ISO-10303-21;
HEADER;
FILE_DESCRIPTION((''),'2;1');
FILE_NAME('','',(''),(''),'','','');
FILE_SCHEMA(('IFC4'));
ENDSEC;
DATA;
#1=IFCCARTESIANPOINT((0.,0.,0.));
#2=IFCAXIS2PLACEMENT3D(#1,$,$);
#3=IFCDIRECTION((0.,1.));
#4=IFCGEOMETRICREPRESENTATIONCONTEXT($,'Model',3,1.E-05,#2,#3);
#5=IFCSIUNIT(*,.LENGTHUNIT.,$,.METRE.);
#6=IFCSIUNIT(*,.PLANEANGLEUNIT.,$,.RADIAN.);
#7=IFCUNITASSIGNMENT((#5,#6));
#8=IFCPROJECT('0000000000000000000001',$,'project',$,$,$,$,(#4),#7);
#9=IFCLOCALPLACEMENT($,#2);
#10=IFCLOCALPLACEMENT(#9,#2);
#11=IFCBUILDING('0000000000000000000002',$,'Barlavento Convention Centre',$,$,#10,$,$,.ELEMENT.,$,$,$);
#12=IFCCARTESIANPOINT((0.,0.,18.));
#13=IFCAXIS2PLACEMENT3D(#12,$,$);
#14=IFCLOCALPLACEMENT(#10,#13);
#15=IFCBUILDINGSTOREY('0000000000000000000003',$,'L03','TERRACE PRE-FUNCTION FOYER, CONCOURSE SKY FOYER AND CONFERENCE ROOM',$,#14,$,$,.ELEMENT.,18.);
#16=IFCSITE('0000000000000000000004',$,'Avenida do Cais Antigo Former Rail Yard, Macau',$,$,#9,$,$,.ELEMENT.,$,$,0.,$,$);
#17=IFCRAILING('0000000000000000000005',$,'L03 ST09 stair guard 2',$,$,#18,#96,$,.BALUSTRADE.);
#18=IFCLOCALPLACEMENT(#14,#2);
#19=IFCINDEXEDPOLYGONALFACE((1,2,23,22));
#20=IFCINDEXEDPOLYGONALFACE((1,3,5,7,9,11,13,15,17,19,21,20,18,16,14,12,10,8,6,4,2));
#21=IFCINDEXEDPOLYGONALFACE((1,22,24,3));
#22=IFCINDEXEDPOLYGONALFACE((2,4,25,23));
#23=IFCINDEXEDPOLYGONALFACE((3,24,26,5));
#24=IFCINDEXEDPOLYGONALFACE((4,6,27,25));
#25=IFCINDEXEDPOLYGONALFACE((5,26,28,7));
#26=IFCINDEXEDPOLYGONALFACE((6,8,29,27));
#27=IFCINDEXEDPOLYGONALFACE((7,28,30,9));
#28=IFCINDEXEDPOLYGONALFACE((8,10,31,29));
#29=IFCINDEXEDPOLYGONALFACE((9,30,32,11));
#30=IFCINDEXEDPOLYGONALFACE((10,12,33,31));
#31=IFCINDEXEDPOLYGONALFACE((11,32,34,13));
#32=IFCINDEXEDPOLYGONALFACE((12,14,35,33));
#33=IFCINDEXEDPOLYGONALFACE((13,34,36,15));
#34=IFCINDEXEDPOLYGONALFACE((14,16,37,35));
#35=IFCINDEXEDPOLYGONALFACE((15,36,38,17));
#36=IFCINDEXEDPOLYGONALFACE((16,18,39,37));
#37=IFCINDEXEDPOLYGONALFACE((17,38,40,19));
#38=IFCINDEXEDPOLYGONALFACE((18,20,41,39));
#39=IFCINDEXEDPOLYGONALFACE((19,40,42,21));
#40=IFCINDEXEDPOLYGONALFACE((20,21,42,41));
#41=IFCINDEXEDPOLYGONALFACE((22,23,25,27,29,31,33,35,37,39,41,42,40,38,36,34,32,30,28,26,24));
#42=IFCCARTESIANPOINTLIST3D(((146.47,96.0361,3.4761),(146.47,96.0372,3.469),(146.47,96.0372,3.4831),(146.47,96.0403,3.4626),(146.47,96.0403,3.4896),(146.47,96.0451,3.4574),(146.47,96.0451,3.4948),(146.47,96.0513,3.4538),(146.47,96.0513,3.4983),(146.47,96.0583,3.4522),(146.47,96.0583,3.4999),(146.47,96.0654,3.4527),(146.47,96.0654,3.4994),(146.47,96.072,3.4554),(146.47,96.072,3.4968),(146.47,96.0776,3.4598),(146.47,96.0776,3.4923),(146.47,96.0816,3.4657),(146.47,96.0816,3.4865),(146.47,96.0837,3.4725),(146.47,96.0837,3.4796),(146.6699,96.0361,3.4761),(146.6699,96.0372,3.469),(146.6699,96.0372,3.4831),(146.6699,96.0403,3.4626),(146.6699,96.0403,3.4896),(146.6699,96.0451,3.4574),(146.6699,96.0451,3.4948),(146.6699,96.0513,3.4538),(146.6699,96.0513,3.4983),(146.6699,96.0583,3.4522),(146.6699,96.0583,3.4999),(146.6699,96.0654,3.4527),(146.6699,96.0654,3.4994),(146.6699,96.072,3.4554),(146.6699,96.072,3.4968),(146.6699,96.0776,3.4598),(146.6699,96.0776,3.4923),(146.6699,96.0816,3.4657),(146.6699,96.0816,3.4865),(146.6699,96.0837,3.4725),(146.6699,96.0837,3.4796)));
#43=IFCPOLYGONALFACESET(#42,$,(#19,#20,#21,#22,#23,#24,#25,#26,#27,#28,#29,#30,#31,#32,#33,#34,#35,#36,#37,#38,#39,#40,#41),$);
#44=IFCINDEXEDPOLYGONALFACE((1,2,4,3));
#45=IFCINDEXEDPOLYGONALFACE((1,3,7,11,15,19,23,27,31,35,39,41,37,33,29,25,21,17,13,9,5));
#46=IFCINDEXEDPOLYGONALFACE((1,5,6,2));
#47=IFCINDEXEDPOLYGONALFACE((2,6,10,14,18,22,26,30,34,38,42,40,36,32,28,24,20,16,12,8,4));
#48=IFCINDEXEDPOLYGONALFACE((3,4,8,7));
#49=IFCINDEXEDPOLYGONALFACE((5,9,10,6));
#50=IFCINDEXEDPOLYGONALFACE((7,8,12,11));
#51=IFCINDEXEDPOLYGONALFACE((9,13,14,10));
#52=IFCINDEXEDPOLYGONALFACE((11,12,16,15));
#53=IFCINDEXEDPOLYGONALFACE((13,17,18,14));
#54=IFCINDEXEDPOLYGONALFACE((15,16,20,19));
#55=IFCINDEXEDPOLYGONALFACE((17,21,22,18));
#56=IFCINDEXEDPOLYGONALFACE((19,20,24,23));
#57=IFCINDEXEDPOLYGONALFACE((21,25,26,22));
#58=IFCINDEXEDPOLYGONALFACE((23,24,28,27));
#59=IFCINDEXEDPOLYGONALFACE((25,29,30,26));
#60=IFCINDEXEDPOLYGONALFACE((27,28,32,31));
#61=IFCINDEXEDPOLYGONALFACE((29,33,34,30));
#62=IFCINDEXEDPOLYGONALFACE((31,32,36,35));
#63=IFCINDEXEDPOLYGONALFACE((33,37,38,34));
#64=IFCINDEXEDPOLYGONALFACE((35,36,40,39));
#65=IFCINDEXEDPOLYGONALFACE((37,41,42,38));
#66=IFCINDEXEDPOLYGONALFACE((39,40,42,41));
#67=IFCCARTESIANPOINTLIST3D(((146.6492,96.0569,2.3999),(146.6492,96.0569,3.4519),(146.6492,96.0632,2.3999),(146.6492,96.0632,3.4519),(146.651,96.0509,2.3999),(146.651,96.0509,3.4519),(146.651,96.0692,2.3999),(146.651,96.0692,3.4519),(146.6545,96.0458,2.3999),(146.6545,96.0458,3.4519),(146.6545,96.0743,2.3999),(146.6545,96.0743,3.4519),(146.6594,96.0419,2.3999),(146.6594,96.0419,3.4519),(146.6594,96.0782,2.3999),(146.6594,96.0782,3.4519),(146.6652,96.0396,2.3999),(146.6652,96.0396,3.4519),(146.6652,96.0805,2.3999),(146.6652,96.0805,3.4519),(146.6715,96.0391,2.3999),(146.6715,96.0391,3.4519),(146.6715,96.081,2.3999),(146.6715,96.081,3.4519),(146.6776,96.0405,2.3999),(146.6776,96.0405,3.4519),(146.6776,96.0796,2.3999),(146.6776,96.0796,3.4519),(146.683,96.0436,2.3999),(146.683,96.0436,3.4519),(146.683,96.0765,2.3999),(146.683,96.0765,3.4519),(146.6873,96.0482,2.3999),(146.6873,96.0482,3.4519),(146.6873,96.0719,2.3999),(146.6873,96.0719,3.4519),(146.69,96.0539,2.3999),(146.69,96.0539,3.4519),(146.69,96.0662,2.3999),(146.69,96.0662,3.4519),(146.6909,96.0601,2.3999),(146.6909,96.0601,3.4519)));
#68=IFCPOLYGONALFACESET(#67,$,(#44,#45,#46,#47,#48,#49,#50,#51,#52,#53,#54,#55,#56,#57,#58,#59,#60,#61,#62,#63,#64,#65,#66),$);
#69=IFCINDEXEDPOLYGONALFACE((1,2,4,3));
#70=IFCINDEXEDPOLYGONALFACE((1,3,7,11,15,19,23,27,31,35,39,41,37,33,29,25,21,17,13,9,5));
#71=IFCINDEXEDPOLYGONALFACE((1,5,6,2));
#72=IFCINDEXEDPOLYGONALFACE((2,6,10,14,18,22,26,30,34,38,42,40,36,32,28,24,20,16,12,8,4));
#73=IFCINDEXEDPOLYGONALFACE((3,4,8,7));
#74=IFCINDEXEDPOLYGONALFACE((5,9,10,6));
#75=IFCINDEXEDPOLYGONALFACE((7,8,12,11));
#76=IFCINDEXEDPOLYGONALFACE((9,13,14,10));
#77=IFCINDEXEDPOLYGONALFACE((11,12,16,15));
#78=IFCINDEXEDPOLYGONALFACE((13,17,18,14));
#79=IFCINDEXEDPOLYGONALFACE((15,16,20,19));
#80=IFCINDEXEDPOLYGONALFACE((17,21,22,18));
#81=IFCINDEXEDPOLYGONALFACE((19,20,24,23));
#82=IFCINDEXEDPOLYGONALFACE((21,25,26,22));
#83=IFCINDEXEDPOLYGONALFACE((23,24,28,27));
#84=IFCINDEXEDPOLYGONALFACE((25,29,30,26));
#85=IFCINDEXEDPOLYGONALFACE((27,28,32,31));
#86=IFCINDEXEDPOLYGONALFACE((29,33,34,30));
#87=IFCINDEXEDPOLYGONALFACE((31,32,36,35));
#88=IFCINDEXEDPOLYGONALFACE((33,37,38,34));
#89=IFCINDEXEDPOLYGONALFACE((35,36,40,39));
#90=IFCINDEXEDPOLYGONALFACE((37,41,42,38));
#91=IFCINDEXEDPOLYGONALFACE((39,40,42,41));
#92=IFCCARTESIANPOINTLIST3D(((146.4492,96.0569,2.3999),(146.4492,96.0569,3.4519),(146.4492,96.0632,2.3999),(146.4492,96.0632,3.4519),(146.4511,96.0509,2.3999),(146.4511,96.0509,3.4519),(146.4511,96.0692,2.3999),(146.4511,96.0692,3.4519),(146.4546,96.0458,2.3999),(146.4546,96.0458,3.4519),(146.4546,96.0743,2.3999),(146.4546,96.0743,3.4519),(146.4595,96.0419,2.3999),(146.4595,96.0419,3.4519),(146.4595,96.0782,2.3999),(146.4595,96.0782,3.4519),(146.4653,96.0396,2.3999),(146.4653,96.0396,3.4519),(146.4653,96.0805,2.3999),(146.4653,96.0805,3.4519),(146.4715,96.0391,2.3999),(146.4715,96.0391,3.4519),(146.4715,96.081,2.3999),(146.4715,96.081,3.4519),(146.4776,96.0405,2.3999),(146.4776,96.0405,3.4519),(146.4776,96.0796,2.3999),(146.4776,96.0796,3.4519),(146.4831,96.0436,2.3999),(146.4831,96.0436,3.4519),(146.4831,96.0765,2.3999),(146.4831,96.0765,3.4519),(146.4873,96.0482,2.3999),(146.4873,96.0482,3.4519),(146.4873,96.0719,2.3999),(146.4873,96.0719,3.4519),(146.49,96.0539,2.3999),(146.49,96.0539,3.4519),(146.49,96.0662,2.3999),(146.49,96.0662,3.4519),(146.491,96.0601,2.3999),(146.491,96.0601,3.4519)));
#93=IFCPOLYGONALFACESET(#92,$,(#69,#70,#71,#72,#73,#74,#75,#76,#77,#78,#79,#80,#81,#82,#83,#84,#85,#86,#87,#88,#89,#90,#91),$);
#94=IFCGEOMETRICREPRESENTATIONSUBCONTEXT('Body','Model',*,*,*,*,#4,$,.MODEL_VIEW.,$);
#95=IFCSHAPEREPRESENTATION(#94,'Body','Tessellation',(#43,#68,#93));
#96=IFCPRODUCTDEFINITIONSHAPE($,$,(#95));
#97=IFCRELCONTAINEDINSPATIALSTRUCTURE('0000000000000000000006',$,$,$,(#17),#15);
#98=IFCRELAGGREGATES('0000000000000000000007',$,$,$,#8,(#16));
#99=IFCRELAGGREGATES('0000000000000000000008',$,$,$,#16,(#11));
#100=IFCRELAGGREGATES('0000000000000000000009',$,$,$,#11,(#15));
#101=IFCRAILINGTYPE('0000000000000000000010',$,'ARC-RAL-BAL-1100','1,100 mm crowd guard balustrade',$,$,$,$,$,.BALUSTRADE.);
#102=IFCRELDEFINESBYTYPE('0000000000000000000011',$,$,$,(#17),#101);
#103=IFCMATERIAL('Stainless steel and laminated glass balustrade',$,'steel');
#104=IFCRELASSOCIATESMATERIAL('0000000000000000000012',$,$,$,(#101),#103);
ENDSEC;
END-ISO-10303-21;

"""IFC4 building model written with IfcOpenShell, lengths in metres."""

from ifc_helpers import new_model, si_unit, direction, frame, origin, origin_2d, place, context, subcontext, project, spatial, circle, extrude, material, type_object, element, save


model = new_model("IFC4")

# Units and contexts
model_context = context("Model", 3, precision=1e-05, world=origin(), true_north=direction((0.0, 1.0)))
body_context = subcontext(model_context, "Body", "Model", "MODEL_VIEW")
ifc_project = project(units=[si_unit("LENGTHUNIT", "METRE"), si_unit("PLANEANGLEUNIT", "RADIAN")], contexts=[model_context])

# Site, building, storey
site_placement = place(None, origin())
site = spatial("IfcSite", under=ifc_project, at=site_placement, Name="Avenida do Cais Antigo Former Rail Yard, Macau", CompositionType="ELEMENT", RefElevation=0.0)
building_placement = place(site_placement, origin())
building = spatial("IfcBuilding", under=site, at=building_placement, Name="Barlavento Convention Centre", CompositionType="ELEMENT")
storey_placement = place(building_placement, frame((0.0, 0.0, 18.0)))
storey = spatial("IfcBuildingStorey", under=building, at=storey_placement, Name="L03", Description="TERRACE PRE-FUNCTION FOYER, CONCOURSE SKY FOYER AND CONFERENCE ROOM", CompositionType="ELEMENT", Elevation=18.0)

# Railing
ifc_material_1 = material(Name="Stainless steel and laminated glass balustrade", Category="steel")
railing_type_1 = type_object("IfcRailingType", Name="ARC-RAL-BAL-1100", Description="1,100 mm crowd guard balustrade", PredefinedType="BALUSTRADE", material=ifc_material_1)
railing_1_placement = place(storey_placement, frame((146.6699, 96.0601, 2.3999)))
element("IfcRailing", 1, at=railing_1_placement, inside=storey, type_object=railing_type_1, Name="L03 ST09 stair guard 2", PredefinedType="BALUSTRADE", context=body_context, shape_type="SweptSolid", body=[
    extrude(circle(Radius=0.0239, at=origin_2d()), frame((0.0, 0.0, 1.0762), z_axis=(-1.0, 0.0, 0.0), x_axis=(0.0, -1.0, 0.0)), (0.0, 0.0, 1.0), 0.2),
    extrude(circle(Radius=0.021, at=origin_2d()), origin(), (0.0, 0.0, 1.0), 1.052),
    extrude(circle(Radius=0.021, at=origin_2d()), frame((-0.2, 0.0, 0.0)), (0.0, 0.0, 1.0), 1.052),
])

save(model, "model.ifc")
